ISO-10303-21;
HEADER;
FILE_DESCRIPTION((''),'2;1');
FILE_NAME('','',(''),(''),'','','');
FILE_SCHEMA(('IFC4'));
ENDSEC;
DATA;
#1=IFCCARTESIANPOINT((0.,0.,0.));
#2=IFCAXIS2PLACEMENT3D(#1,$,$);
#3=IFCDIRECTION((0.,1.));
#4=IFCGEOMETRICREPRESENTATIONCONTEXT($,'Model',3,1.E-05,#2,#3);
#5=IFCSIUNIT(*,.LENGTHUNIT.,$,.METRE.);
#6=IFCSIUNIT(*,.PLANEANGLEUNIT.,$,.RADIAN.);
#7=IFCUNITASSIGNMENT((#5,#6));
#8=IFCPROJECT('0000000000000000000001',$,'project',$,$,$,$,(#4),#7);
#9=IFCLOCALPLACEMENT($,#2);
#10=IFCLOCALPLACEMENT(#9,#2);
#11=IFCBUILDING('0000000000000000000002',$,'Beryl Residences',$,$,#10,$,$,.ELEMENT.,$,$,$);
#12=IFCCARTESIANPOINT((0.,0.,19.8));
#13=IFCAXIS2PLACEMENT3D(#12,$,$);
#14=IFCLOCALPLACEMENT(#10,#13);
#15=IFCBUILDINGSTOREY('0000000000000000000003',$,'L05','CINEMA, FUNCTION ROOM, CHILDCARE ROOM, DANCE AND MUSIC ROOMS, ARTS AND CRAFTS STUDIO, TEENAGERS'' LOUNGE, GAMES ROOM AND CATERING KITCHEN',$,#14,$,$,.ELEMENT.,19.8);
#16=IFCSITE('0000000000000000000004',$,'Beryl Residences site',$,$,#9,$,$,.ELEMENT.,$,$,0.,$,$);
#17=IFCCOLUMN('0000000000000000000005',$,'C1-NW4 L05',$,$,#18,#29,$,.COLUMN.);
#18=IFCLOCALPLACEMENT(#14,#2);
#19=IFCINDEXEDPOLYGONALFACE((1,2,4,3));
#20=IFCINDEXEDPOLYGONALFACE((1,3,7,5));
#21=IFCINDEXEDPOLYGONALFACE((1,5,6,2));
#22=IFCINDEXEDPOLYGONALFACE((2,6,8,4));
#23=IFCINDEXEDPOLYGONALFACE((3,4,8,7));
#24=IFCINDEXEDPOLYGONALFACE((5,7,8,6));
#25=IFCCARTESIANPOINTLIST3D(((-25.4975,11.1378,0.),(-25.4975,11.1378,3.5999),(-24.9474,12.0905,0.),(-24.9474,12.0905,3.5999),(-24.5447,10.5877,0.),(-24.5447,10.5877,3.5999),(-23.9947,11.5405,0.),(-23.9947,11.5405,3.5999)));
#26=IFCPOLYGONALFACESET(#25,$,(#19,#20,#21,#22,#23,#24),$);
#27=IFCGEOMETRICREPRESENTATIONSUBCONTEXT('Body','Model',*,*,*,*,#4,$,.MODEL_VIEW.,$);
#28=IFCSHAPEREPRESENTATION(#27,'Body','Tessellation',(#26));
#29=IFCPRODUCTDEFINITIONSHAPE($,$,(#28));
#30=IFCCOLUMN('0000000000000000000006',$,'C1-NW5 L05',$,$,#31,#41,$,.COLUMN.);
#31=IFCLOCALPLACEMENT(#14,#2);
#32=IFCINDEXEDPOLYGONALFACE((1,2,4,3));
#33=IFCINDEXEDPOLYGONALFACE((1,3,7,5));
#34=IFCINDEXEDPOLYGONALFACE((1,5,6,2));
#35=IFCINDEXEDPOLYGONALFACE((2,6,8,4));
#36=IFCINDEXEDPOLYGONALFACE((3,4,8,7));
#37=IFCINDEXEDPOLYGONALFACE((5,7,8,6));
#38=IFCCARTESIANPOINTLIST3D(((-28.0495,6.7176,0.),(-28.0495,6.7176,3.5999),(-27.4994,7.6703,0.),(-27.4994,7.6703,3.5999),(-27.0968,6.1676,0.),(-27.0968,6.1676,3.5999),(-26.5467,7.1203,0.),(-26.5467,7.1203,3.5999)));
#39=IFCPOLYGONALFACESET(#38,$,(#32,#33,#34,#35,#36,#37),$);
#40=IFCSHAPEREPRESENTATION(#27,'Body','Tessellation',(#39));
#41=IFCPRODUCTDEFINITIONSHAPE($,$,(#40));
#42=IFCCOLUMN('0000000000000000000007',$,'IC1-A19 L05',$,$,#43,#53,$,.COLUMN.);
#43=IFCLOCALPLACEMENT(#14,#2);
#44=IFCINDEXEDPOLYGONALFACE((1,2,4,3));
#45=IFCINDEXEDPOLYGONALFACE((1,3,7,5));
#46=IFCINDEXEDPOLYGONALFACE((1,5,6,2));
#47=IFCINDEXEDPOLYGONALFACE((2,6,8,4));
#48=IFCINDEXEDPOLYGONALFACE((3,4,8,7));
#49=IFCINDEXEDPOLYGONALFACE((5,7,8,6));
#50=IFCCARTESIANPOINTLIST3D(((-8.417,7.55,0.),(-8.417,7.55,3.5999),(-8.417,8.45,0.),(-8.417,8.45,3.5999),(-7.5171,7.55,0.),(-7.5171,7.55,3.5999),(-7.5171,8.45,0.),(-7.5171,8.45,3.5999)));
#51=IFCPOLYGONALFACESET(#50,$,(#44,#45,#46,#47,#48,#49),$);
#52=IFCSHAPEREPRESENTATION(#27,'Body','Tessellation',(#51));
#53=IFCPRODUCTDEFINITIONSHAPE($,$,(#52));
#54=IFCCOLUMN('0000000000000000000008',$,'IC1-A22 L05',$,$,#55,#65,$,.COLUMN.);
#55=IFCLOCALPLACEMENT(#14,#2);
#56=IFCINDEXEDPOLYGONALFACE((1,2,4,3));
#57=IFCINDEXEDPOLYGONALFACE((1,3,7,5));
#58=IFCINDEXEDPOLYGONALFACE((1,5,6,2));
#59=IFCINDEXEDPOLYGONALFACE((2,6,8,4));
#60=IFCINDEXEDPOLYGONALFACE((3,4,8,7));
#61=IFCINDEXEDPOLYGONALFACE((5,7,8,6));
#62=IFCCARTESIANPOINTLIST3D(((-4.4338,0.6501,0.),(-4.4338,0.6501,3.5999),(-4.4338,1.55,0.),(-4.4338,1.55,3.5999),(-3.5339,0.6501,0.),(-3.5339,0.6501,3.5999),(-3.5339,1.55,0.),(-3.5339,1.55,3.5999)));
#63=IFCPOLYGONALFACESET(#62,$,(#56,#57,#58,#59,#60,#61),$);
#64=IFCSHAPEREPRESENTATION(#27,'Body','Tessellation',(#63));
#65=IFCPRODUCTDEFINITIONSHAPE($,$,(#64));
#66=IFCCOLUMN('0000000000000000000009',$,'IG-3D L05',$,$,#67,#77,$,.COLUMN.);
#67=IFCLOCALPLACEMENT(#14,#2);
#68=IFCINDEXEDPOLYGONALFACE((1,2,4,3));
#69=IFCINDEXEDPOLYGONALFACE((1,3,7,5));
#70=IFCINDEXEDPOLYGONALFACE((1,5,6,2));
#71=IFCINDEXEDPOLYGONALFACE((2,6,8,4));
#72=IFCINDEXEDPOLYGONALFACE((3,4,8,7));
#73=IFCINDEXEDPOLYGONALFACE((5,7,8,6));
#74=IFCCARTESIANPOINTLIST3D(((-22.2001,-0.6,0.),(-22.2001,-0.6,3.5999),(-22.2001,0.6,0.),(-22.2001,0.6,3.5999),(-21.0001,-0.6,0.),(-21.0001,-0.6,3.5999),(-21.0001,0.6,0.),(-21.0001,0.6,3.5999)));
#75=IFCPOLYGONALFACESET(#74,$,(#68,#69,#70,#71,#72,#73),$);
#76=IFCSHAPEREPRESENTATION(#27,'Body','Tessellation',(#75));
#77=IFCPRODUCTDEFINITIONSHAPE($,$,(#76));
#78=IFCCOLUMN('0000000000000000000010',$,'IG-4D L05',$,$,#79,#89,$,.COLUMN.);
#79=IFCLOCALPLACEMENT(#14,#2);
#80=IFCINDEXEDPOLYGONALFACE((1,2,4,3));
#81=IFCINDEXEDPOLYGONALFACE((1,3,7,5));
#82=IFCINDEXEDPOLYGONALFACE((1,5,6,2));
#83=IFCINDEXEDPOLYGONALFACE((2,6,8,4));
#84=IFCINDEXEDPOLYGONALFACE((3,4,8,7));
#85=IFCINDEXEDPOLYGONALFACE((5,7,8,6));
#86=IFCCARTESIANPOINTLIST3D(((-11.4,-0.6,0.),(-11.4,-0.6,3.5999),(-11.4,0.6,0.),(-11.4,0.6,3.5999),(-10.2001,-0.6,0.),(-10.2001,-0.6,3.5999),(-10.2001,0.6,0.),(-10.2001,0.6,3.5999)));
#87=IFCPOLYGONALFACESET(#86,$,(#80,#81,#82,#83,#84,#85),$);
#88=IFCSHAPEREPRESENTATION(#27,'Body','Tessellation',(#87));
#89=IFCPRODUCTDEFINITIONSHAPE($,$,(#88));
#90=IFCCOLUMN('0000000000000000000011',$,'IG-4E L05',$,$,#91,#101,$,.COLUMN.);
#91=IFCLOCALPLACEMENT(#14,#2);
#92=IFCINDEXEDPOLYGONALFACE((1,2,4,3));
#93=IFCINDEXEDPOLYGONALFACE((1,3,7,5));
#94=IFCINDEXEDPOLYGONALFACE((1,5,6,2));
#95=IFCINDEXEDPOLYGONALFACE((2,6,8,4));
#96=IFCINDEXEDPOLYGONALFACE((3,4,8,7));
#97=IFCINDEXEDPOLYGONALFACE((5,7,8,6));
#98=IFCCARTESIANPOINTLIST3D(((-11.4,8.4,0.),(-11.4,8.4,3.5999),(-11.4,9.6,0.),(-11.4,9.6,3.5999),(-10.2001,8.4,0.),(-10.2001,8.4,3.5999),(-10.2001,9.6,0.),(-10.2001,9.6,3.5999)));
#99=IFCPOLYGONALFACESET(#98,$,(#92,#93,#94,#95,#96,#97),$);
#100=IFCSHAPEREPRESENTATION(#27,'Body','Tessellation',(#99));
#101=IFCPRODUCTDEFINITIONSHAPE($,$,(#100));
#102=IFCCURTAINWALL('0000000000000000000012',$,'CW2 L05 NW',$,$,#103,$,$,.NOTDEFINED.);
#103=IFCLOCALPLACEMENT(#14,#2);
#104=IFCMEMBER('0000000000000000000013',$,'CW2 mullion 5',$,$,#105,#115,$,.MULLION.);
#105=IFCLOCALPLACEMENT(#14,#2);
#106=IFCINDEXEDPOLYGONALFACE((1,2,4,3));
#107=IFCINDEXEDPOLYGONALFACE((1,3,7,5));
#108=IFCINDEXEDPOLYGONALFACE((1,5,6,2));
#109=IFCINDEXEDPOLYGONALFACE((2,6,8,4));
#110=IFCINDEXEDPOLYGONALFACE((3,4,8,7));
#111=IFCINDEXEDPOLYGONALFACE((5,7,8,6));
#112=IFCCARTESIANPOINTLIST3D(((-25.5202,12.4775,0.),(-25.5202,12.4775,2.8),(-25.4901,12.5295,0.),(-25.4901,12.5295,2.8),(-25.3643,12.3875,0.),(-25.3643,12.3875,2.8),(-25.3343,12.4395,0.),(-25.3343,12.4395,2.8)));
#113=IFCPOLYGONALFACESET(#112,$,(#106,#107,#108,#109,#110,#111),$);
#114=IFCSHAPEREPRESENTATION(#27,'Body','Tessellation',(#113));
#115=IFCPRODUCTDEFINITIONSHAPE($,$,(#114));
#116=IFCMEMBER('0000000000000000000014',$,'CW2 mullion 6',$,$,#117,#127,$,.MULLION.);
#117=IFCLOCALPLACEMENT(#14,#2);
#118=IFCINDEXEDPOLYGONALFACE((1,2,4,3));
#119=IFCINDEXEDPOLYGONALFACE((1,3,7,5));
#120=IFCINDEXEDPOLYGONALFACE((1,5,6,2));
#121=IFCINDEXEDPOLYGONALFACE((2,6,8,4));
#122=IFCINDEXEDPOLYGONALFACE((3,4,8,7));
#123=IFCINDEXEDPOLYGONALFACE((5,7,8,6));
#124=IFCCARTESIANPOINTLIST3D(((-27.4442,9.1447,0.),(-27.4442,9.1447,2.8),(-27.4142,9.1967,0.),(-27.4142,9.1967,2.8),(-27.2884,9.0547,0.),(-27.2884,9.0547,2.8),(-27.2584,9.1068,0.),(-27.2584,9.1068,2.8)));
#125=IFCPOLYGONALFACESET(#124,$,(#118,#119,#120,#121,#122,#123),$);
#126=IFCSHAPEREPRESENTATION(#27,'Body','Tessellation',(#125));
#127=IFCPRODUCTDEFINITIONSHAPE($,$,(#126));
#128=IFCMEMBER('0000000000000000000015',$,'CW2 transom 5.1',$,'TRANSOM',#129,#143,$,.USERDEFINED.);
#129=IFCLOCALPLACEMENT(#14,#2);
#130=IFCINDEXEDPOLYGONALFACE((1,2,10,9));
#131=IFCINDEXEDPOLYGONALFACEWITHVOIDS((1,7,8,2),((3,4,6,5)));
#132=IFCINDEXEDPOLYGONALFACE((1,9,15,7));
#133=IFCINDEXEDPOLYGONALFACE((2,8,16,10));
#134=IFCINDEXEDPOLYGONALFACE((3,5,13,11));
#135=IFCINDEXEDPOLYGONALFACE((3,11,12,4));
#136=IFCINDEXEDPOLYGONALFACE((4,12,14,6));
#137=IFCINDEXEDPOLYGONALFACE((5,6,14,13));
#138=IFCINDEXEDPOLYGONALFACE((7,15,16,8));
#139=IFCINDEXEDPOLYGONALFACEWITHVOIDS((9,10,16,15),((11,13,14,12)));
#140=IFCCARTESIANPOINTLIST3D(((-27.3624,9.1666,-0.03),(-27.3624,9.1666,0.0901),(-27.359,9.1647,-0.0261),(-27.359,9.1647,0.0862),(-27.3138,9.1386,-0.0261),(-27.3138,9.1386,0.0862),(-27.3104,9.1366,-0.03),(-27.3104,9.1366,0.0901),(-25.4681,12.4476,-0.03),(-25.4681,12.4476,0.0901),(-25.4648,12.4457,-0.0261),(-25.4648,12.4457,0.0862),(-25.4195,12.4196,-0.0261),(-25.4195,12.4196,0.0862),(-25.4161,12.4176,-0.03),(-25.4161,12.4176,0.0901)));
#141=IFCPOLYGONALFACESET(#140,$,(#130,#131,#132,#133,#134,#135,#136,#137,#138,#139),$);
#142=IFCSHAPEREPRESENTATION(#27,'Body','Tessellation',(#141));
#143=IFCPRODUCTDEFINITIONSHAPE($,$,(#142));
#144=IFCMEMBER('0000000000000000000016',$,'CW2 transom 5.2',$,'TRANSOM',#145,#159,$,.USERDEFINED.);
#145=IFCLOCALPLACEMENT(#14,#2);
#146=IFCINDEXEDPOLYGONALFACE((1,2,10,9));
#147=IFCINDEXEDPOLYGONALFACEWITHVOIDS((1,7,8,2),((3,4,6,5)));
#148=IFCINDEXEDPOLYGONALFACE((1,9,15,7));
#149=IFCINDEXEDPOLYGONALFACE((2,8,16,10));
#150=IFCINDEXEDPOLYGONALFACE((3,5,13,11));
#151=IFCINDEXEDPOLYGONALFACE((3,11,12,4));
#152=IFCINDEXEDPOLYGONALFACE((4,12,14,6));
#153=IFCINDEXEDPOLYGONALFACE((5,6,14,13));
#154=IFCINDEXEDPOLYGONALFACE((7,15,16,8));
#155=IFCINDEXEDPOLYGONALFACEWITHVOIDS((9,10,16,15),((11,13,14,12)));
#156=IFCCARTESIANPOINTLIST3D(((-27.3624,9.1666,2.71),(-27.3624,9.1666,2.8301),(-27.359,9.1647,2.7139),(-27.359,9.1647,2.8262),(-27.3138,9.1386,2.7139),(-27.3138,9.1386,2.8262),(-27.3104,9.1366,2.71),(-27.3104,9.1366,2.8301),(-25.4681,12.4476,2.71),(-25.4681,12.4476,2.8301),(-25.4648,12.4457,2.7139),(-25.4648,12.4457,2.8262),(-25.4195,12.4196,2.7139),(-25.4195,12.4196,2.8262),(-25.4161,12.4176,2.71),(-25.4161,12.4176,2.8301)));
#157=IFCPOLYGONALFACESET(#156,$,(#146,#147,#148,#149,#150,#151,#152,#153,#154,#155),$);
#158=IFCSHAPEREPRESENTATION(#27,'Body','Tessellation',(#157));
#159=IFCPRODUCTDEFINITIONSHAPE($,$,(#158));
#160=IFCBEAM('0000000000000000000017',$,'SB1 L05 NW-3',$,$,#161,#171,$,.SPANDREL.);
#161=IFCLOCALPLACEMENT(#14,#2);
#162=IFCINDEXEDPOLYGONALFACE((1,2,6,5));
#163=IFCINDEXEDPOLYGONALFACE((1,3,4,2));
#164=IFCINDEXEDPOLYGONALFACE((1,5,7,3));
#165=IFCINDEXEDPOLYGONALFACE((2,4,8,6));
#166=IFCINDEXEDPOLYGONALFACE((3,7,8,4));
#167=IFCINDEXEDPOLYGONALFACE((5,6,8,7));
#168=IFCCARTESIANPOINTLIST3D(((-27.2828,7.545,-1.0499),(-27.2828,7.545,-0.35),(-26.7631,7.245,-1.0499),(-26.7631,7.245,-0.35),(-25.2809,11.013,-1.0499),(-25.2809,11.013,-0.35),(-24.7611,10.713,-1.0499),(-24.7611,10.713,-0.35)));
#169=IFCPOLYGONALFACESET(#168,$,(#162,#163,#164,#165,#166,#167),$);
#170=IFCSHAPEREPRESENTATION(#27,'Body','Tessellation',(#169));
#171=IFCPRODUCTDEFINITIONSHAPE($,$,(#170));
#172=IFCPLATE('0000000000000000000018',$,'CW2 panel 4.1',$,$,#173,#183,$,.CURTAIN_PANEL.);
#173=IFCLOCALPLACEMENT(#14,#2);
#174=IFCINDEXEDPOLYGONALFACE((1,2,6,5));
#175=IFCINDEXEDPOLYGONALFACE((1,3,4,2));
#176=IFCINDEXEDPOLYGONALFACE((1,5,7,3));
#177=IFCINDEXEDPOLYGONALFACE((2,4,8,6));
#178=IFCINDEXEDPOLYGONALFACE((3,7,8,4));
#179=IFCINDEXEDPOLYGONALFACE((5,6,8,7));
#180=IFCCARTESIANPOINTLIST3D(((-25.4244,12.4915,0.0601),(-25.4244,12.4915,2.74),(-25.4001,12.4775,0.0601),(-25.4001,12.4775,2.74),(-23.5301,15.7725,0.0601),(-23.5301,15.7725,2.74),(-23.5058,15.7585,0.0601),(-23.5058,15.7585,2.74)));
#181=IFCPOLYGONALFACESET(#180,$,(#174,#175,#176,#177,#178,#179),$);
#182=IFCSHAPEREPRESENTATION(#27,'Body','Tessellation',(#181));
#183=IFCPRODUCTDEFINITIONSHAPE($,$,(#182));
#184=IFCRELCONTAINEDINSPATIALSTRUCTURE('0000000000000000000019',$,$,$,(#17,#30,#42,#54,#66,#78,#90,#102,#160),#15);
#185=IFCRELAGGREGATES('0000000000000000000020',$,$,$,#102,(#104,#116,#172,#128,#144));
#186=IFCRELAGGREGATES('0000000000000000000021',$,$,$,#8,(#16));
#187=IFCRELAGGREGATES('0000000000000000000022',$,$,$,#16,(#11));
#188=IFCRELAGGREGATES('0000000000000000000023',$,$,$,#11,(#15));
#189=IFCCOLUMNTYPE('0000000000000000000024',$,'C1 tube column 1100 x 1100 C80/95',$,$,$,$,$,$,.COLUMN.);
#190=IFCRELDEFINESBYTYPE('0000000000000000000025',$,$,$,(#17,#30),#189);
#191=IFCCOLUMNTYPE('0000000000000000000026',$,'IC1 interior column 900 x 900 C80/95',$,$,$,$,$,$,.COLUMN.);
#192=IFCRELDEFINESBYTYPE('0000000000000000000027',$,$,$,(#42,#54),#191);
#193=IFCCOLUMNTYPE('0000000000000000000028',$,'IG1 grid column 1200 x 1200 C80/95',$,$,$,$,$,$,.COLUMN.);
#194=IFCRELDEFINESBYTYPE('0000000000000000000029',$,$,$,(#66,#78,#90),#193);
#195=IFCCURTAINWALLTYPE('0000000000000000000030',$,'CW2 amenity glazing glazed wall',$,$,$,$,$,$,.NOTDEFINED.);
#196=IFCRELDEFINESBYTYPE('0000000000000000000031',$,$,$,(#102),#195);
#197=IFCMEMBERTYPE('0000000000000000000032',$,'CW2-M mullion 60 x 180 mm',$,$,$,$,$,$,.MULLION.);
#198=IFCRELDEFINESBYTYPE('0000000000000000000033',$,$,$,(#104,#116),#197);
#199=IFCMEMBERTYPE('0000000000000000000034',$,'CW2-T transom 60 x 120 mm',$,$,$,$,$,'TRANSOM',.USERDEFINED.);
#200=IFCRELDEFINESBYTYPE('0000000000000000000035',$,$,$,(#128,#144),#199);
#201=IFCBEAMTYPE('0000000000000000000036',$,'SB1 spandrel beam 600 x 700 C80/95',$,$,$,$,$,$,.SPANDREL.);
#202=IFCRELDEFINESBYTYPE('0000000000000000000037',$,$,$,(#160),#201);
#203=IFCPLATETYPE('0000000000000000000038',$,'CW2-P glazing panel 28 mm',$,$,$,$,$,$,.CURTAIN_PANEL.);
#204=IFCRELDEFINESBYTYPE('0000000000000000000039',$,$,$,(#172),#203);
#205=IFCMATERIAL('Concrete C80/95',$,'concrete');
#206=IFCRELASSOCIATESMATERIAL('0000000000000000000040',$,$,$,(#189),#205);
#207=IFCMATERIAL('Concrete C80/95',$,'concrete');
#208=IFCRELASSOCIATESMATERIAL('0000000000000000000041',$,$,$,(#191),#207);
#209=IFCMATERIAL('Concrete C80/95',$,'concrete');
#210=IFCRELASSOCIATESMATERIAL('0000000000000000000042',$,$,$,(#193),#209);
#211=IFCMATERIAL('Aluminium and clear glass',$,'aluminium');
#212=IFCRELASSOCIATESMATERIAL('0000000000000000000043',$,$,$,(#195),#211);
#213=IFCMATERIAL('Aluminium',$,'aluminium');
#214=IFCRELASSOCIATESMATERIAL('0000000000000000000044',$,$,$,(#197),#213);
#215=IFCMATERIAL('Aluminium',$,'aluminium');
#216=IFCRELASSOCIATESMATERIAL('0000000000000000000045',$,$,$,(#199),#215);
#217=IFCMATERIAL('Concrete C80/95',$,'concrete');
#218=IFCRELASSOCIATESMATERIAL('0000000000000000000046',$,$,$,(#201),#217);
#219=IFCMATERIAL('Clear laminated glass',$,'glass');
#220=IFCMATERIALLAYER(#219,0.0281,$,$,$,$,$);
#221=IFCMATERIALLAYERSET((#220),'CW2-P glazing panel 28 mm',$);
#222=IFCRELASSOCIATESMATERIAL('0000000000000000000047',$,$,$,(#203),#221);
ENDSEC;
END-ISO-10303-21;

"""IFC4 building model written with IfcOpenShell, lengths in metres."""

from ifc_helpers import new_model, si_unit, direction, frame, origin, origin_2d, place, context, subcontext, project, spatial, rectangle, hollow_rectangle, extrude, material, layer, layer_set, material_profile, profile_set, type_object, element, aggregate, save


model = new_model("IFC4")

# Units and contexts
model_context = context("Model", 3, precision=1e-05, world=origin(), true_north=direction((0.0, 1.0)))
body_context = subcontext(model_context, "Body", "Model", "MODEL_VIEW")
ifc_project = project(units=[si_unit("LENGTHUNIT", "METRE"), si_unit("PLANEANGLEUNIT", "RADIAN")], contexts=[model_context])

# Site, building, storey
site_placement = place(None, origin())
site = spatial("IfcSite", under=ifc_project, at=site_placement, Name="Beryl Residences site", CompositionType="ELEMENT", RefElevation=0.0)
building_placement = place(site_placement, origin())
building = spatial("IfcBuilding", under=site, at=building_placement, Name="Beryl Residences", CompositionType="ELEMENT")
storey_placement = place(building_placement, frame((0.0, 0.0, 19.8)))
storey = spatial("IfcBuildingStorey", under=building, at=storey_placement, Name="L05", Description="CINEMA, FUNCTION ROOM, CHILDCARE ROOM, DANCE AND MUSIC ROOMS, ARTS AND CRAFTS STUDIO, TEENAGERS' LOUNGE, GAMES ROOM AND CATERING KITCHEN", CompositionType="ELEMENT", Elevation=19.8)

# Columns
ifc_material_1 = material(Name="Concrete C80/95", Category="concrete")
ifc_material_profile_1 = material_profile(ifc_material_1, rectangle(XDim=1.1001, YDim=1.1001, at=origin_2d()))
ifc_profile_set_1 = profile_set([ifc_material_profile_1], Name="Concrete C80/95")
column_type_1 = type_object("IfcColumnType", Name="C1 tube column 1100 x 1100 C80/95", PredefinedType="COLUMN", material=ifc_profile_set_1)
for number, where, z_axis, x_axis, name in (
    (1, (-24.7461, 11.3391, 0.0), (0.0, 0.0, 1.0), (-0.499985, -0.866034, 0.0), "C1-NW4 L05"),
    (2, (-27.2981, 6.9189, 0.0), (0.0, 0.0, 1.0), (-0.499985, -0.866034, 0.0), "C1-NW5 L05"),
):
    element("IfcColumn", number, at=place(storey_placement, frame(where, z_axis=z_axis, x_axis=x_axis)), inside=storey, type_object=column_type_1, Name=name, PredefinedType="COLUMN", context=body_context, shape_type="SweptSolid", body=[
        extrude(rectangle(XDim=1.1001, YDim=1.1001, at=origin_2d()), origin(), (0.0, 0.0, 1.0), 3.5999),
    ])
ifc_material_2 = material(Name="Concrete C80/95", Category="concrete")
ifc_material_profile_2 = material_profile(ifc_material_2, rectangle(XDim=0.8999, YDim=0.8999, at=origin_2d()))
ifc_profile_set_2 = profile_set([ifc_material_profile_2], Name="Concrete C80/95")
column_type_2 = type_object("IfcColumnType", Name="IC1 interior column 900 x 900 C80/95", PredefinedType="COLUMN", material=ifc_profile_set_2)
for number, where, z_axis, x_axis, name in (
    (3, (-7.967, 8.0, 0.0), (0.0, 0.0, 1.0), (1.0, 0.0, 0.0), "IC1-A19 L05"),
    (4, (-3.9839, 1.1001, 0.0), (0.0, 0.0, 1.0), (1.0, 0.0, 0.0), "IC1-A22 L05"),
):
    element("IfcColumn", number, at=place(storey_placement, frame(where, z_axis=z_axis, x_axis=x_axis)), inside=storey, type_object=column_type_2, Name=name, PredefinedType="COLUMN", context=body_context, shape_type="SweptSolid", body=[
        extrude(rectangle(XDim=0.8999, YDim=0.8999, at=origin_2d()), origin(), (0.0, 0.0, 1.0), 3.5999),
    ])
ifc_material_3 = material(Name="Concrete C80/95", Category="concrete")
ifc_material_profile_3 = material_profile(ifc_material_3, rectangle(XDim=1.2, YDim=1.2, at=origin_2d()))
ifc_profile_set_3 = profile_set([ifc_material_profile_3], Name="Concrete C80/95")
column_type_3 = type_object("IfcColumnType", Name="IG1 grid column 1200 x 1200 C80/95", PredefinedType="COLUMN", material=ifc_profile_set_3)
for number, where, z_axis, x_axis, name in (
    (5, (-21.6001, 0.0, 0.0), (0.0, 0.0, 1.0), (1.0, 0.0, 0.0), "IG-3D L05"),
    (6, (-10.8, 0.0, 0.0), (0.0, 0.0, 1.0), (1.0, 0.0, 0.0), "IG-4D L05"),
    (7, (-10.8, 9.0, 0.0), (0.0, 0.0, 1.0), (1.0, 0.0, 0.0), "IG-4E L05"),
):
    element("IfcColumn", number, at=place(storey_placement, frame(where, z_axis=z_axis, x_axis=x_axis)), inside=storey, type_object=column_type_3, Name=name, PredefinedType="COLUMN", context=body_context, shape_type="SweptSolid", body=[
        extrude(rectangle(XDim=1.2, YDim=1.2, at=origin_2d()), origin(), (0.0, 0.0, 1.0), 3.5999),
    ])

# Curtain wall, members
ifc_material_4 = material(Name="Aluminium and clear glass", Category="aluminium")
curtain_wall_type = type_object("IfcCurtainWallType", Name="CW2 amenity glazing glazed wall", PredefinedType="NOTDEFINED", material=ifc_material_4)
curtain_wall_placement = place(storey_placement, origin())
curtain_wall = element("IfcCurtainWall", 8, at=curtain_wall_placement, inside=storey, type_object=curtain_wall_type, Name="CW2 L05 NW", PredefinedType="NOTDEFINED")
ifc_material_5 = material(Name="Aluminium", Category="aluminium")
ifc_material_profile_4 = material_profile(ifc_material_5, rectangle(XDim=0.0601, YDim=0.1799, at=origin_2d()))
ifc_profile_set_4 = profile_set([ifc_material_profile_4], Name="Aluminium")
member_type_1 = type_object("IfcMemberType", Name="CW2-M mullion 60 x 180 mm", PredefinedType="MULLION", material=ifc_profile_set_4)
member_1_placement = place(storey_placement, frame((-25.4272, 12.4585, 0.0), z_axis=(0.0, 0.0, 1.0), x_axis=(-0.500012, -0.866019, 0.0)))
member_1 = element("IfcMember", 9, at=member_1_placement, type_object=member_type_1, Name="CW2 mullion 5", PredefinedType="MULLION", context=body_context, shape_type="SweptSolid", body=[
    extrude(rectangle(XDim=0.0601, YDim=0.1799, at=origin_2d()), origin(), (0.0, 0.0, 1.0), 2.8),
])
member_2_placement = place(storey_placement, frame((-27.3513, 9.1257, 0.0), z_axis=(0.0, 0.0, 1.0), x_axis=(-0.500012, -0.866019, 0.0)))
member_2 = element("IfcMember", 10, at=member_2_placement, type_object=member_type_1, Name="CW2 mullion 6", PredefinedType="MULLION", context=body_context, shape_type="SweptSolid", body=[
    extrude(rectangle(XDim=0.0601, YDim=0.1799, at=origin_2d()), origin(), (0.0, 0.0, 1.0), 2.8),
])
ifc_material_6 = material(Name="Aluminium", Category="aluminium")
ifc_material_profile_5 = material_profile(ifc_material_6, hollow_rectangle(XDim=0.0601, YDim=0.1201, WallThickness=0.0039, at=origin_2d()))
ifc_profile_set_5 = profile_set([ifc_material_profile_5], Name="Aluminium")
member_type_2 = type_object("IfcMemberType", Name="CW2-T transom 60 x 120 mm", ElementType="TRANSOM", PredefinedType="USERDEFINED", material=ifc_profile_set_5)
member_3_placement = place(storey_placement, frame((-25.4421, 12.4326, 0.03), z_axis=(-0.5, -0.866026, 0.0), x_axis=(0.866026, -0.5, 0.0)))
member_3 = element("IfcMember", 11, at=member_3_placement, type_object=member_type_2, Name="CW2 transom 5.1", ObjectType="TRANSOM", PredefinedType="USERDEFINED", context=body_context, shape_type="SweptSolid", body=[
    extrude(hollow_rectangle(XDim=0.0601, YDim=0.1201, WallThickness=0.0039, at=origin_2d()), origin(), (0.0, 0.0, 1.0), 3.7886),
])
member_4_placement = place(storey_placement, frame((-25.4421, 12.4326, 2.77), z_axis=(-0.5, -0.866026, 0.0), x_axis=(0.866026, -0.5, 0.0)))
member_4 = element("IfcMember", 12, at=member_4_placement, type_object=member_type_2, Name="CW2 transom 5.2", ObjectType="TRANSOM", PredefinedType="USERDEFINED", context=body_context, shape_type="SweptSolid", body=[
    extrude(hollow_rectangle(XDim=0.0601, YDim=0.1201, WallThickness=0.0039, at=origin_2d()), origin(), (0.0, 0.0, 1.0), 3.7886),
])

# Beam
ifc_material_7 = material(Name="Concrete C80/95", Category="concrete")
ifc_material_profile_6 = material_profile(ifc_material_7, rectangle(XDim=0.6001, YDim=0.7, at=origin_2d()))
ifc_profile_set_6 = profile_set([ifc_material_profile_6], Name="Concrete C80/95")
beam_type = type_object("IfcBeamType", Name="SB1 spandrel beam 600 x 700 C80/95", PredefinedType="SPANDREL", material=ifc_profile_set_6)
beam_placement = place(storey_placement, frame((-25.021, 10.863, -0.7), z_axis=(-0.499942, -0.866059, 0.0), x_axis=(0.866059, -0.499942, 0.0)))
element("IfcBeam", 13, at=beam_placement, inside=storey, type_object=beam_type, Name="SB1 L05 NW-3", PredefinedType="SPANDREL", context=body_context, shape_type="SweptSolid", body=[
    extrude(rectangle(XDim=0.6001, YDim=0.7, at=origin_2d()), origin(), (0.0, 0.0, 1.0), 4.0044),
])

# Plate
ifc_material_8 = material(Name="Clear laminated glass", Category="glass")
ifc_layer_1 = layer(ifc_material_8, 0.0281)
ifc_layer_set_1 = layer_set([ifc_layer_1], Name="CW2-P glazing panel 28 mm")
plate_type = type_object("IfcPlateType", Name="CW2-P glazing panel 28 mm", PredefinedType="CURTAIN_PANEL", material=ifc_layer_set_1)
plate_1_placement = place(storey_placement, frame((-24.4651, 14.125, 0.0601), z_axis=(0.0, 0.0, 1.0), x_axis=(-0.500012, -0.866019, 0.0)))
plate_1 = element("IfcPlate", 14, at=plate_1_placement, type_object=plate_type, Name="CW2 panel 4.1", PredefinedType="CURTAIN_PANEL", context=body_context, shape_type="SweptSolid", body=[
    extrude(rectangle(XDim=3.7886, YDim=0.0281, at=origin_2d()), origin(), (0.0, 0.0, 1.0), 2.6799),
])
aggregate(curtain_wall, [member_1, member_2, plate_1, member_3, member_4])

save(model, "model.ifc")
